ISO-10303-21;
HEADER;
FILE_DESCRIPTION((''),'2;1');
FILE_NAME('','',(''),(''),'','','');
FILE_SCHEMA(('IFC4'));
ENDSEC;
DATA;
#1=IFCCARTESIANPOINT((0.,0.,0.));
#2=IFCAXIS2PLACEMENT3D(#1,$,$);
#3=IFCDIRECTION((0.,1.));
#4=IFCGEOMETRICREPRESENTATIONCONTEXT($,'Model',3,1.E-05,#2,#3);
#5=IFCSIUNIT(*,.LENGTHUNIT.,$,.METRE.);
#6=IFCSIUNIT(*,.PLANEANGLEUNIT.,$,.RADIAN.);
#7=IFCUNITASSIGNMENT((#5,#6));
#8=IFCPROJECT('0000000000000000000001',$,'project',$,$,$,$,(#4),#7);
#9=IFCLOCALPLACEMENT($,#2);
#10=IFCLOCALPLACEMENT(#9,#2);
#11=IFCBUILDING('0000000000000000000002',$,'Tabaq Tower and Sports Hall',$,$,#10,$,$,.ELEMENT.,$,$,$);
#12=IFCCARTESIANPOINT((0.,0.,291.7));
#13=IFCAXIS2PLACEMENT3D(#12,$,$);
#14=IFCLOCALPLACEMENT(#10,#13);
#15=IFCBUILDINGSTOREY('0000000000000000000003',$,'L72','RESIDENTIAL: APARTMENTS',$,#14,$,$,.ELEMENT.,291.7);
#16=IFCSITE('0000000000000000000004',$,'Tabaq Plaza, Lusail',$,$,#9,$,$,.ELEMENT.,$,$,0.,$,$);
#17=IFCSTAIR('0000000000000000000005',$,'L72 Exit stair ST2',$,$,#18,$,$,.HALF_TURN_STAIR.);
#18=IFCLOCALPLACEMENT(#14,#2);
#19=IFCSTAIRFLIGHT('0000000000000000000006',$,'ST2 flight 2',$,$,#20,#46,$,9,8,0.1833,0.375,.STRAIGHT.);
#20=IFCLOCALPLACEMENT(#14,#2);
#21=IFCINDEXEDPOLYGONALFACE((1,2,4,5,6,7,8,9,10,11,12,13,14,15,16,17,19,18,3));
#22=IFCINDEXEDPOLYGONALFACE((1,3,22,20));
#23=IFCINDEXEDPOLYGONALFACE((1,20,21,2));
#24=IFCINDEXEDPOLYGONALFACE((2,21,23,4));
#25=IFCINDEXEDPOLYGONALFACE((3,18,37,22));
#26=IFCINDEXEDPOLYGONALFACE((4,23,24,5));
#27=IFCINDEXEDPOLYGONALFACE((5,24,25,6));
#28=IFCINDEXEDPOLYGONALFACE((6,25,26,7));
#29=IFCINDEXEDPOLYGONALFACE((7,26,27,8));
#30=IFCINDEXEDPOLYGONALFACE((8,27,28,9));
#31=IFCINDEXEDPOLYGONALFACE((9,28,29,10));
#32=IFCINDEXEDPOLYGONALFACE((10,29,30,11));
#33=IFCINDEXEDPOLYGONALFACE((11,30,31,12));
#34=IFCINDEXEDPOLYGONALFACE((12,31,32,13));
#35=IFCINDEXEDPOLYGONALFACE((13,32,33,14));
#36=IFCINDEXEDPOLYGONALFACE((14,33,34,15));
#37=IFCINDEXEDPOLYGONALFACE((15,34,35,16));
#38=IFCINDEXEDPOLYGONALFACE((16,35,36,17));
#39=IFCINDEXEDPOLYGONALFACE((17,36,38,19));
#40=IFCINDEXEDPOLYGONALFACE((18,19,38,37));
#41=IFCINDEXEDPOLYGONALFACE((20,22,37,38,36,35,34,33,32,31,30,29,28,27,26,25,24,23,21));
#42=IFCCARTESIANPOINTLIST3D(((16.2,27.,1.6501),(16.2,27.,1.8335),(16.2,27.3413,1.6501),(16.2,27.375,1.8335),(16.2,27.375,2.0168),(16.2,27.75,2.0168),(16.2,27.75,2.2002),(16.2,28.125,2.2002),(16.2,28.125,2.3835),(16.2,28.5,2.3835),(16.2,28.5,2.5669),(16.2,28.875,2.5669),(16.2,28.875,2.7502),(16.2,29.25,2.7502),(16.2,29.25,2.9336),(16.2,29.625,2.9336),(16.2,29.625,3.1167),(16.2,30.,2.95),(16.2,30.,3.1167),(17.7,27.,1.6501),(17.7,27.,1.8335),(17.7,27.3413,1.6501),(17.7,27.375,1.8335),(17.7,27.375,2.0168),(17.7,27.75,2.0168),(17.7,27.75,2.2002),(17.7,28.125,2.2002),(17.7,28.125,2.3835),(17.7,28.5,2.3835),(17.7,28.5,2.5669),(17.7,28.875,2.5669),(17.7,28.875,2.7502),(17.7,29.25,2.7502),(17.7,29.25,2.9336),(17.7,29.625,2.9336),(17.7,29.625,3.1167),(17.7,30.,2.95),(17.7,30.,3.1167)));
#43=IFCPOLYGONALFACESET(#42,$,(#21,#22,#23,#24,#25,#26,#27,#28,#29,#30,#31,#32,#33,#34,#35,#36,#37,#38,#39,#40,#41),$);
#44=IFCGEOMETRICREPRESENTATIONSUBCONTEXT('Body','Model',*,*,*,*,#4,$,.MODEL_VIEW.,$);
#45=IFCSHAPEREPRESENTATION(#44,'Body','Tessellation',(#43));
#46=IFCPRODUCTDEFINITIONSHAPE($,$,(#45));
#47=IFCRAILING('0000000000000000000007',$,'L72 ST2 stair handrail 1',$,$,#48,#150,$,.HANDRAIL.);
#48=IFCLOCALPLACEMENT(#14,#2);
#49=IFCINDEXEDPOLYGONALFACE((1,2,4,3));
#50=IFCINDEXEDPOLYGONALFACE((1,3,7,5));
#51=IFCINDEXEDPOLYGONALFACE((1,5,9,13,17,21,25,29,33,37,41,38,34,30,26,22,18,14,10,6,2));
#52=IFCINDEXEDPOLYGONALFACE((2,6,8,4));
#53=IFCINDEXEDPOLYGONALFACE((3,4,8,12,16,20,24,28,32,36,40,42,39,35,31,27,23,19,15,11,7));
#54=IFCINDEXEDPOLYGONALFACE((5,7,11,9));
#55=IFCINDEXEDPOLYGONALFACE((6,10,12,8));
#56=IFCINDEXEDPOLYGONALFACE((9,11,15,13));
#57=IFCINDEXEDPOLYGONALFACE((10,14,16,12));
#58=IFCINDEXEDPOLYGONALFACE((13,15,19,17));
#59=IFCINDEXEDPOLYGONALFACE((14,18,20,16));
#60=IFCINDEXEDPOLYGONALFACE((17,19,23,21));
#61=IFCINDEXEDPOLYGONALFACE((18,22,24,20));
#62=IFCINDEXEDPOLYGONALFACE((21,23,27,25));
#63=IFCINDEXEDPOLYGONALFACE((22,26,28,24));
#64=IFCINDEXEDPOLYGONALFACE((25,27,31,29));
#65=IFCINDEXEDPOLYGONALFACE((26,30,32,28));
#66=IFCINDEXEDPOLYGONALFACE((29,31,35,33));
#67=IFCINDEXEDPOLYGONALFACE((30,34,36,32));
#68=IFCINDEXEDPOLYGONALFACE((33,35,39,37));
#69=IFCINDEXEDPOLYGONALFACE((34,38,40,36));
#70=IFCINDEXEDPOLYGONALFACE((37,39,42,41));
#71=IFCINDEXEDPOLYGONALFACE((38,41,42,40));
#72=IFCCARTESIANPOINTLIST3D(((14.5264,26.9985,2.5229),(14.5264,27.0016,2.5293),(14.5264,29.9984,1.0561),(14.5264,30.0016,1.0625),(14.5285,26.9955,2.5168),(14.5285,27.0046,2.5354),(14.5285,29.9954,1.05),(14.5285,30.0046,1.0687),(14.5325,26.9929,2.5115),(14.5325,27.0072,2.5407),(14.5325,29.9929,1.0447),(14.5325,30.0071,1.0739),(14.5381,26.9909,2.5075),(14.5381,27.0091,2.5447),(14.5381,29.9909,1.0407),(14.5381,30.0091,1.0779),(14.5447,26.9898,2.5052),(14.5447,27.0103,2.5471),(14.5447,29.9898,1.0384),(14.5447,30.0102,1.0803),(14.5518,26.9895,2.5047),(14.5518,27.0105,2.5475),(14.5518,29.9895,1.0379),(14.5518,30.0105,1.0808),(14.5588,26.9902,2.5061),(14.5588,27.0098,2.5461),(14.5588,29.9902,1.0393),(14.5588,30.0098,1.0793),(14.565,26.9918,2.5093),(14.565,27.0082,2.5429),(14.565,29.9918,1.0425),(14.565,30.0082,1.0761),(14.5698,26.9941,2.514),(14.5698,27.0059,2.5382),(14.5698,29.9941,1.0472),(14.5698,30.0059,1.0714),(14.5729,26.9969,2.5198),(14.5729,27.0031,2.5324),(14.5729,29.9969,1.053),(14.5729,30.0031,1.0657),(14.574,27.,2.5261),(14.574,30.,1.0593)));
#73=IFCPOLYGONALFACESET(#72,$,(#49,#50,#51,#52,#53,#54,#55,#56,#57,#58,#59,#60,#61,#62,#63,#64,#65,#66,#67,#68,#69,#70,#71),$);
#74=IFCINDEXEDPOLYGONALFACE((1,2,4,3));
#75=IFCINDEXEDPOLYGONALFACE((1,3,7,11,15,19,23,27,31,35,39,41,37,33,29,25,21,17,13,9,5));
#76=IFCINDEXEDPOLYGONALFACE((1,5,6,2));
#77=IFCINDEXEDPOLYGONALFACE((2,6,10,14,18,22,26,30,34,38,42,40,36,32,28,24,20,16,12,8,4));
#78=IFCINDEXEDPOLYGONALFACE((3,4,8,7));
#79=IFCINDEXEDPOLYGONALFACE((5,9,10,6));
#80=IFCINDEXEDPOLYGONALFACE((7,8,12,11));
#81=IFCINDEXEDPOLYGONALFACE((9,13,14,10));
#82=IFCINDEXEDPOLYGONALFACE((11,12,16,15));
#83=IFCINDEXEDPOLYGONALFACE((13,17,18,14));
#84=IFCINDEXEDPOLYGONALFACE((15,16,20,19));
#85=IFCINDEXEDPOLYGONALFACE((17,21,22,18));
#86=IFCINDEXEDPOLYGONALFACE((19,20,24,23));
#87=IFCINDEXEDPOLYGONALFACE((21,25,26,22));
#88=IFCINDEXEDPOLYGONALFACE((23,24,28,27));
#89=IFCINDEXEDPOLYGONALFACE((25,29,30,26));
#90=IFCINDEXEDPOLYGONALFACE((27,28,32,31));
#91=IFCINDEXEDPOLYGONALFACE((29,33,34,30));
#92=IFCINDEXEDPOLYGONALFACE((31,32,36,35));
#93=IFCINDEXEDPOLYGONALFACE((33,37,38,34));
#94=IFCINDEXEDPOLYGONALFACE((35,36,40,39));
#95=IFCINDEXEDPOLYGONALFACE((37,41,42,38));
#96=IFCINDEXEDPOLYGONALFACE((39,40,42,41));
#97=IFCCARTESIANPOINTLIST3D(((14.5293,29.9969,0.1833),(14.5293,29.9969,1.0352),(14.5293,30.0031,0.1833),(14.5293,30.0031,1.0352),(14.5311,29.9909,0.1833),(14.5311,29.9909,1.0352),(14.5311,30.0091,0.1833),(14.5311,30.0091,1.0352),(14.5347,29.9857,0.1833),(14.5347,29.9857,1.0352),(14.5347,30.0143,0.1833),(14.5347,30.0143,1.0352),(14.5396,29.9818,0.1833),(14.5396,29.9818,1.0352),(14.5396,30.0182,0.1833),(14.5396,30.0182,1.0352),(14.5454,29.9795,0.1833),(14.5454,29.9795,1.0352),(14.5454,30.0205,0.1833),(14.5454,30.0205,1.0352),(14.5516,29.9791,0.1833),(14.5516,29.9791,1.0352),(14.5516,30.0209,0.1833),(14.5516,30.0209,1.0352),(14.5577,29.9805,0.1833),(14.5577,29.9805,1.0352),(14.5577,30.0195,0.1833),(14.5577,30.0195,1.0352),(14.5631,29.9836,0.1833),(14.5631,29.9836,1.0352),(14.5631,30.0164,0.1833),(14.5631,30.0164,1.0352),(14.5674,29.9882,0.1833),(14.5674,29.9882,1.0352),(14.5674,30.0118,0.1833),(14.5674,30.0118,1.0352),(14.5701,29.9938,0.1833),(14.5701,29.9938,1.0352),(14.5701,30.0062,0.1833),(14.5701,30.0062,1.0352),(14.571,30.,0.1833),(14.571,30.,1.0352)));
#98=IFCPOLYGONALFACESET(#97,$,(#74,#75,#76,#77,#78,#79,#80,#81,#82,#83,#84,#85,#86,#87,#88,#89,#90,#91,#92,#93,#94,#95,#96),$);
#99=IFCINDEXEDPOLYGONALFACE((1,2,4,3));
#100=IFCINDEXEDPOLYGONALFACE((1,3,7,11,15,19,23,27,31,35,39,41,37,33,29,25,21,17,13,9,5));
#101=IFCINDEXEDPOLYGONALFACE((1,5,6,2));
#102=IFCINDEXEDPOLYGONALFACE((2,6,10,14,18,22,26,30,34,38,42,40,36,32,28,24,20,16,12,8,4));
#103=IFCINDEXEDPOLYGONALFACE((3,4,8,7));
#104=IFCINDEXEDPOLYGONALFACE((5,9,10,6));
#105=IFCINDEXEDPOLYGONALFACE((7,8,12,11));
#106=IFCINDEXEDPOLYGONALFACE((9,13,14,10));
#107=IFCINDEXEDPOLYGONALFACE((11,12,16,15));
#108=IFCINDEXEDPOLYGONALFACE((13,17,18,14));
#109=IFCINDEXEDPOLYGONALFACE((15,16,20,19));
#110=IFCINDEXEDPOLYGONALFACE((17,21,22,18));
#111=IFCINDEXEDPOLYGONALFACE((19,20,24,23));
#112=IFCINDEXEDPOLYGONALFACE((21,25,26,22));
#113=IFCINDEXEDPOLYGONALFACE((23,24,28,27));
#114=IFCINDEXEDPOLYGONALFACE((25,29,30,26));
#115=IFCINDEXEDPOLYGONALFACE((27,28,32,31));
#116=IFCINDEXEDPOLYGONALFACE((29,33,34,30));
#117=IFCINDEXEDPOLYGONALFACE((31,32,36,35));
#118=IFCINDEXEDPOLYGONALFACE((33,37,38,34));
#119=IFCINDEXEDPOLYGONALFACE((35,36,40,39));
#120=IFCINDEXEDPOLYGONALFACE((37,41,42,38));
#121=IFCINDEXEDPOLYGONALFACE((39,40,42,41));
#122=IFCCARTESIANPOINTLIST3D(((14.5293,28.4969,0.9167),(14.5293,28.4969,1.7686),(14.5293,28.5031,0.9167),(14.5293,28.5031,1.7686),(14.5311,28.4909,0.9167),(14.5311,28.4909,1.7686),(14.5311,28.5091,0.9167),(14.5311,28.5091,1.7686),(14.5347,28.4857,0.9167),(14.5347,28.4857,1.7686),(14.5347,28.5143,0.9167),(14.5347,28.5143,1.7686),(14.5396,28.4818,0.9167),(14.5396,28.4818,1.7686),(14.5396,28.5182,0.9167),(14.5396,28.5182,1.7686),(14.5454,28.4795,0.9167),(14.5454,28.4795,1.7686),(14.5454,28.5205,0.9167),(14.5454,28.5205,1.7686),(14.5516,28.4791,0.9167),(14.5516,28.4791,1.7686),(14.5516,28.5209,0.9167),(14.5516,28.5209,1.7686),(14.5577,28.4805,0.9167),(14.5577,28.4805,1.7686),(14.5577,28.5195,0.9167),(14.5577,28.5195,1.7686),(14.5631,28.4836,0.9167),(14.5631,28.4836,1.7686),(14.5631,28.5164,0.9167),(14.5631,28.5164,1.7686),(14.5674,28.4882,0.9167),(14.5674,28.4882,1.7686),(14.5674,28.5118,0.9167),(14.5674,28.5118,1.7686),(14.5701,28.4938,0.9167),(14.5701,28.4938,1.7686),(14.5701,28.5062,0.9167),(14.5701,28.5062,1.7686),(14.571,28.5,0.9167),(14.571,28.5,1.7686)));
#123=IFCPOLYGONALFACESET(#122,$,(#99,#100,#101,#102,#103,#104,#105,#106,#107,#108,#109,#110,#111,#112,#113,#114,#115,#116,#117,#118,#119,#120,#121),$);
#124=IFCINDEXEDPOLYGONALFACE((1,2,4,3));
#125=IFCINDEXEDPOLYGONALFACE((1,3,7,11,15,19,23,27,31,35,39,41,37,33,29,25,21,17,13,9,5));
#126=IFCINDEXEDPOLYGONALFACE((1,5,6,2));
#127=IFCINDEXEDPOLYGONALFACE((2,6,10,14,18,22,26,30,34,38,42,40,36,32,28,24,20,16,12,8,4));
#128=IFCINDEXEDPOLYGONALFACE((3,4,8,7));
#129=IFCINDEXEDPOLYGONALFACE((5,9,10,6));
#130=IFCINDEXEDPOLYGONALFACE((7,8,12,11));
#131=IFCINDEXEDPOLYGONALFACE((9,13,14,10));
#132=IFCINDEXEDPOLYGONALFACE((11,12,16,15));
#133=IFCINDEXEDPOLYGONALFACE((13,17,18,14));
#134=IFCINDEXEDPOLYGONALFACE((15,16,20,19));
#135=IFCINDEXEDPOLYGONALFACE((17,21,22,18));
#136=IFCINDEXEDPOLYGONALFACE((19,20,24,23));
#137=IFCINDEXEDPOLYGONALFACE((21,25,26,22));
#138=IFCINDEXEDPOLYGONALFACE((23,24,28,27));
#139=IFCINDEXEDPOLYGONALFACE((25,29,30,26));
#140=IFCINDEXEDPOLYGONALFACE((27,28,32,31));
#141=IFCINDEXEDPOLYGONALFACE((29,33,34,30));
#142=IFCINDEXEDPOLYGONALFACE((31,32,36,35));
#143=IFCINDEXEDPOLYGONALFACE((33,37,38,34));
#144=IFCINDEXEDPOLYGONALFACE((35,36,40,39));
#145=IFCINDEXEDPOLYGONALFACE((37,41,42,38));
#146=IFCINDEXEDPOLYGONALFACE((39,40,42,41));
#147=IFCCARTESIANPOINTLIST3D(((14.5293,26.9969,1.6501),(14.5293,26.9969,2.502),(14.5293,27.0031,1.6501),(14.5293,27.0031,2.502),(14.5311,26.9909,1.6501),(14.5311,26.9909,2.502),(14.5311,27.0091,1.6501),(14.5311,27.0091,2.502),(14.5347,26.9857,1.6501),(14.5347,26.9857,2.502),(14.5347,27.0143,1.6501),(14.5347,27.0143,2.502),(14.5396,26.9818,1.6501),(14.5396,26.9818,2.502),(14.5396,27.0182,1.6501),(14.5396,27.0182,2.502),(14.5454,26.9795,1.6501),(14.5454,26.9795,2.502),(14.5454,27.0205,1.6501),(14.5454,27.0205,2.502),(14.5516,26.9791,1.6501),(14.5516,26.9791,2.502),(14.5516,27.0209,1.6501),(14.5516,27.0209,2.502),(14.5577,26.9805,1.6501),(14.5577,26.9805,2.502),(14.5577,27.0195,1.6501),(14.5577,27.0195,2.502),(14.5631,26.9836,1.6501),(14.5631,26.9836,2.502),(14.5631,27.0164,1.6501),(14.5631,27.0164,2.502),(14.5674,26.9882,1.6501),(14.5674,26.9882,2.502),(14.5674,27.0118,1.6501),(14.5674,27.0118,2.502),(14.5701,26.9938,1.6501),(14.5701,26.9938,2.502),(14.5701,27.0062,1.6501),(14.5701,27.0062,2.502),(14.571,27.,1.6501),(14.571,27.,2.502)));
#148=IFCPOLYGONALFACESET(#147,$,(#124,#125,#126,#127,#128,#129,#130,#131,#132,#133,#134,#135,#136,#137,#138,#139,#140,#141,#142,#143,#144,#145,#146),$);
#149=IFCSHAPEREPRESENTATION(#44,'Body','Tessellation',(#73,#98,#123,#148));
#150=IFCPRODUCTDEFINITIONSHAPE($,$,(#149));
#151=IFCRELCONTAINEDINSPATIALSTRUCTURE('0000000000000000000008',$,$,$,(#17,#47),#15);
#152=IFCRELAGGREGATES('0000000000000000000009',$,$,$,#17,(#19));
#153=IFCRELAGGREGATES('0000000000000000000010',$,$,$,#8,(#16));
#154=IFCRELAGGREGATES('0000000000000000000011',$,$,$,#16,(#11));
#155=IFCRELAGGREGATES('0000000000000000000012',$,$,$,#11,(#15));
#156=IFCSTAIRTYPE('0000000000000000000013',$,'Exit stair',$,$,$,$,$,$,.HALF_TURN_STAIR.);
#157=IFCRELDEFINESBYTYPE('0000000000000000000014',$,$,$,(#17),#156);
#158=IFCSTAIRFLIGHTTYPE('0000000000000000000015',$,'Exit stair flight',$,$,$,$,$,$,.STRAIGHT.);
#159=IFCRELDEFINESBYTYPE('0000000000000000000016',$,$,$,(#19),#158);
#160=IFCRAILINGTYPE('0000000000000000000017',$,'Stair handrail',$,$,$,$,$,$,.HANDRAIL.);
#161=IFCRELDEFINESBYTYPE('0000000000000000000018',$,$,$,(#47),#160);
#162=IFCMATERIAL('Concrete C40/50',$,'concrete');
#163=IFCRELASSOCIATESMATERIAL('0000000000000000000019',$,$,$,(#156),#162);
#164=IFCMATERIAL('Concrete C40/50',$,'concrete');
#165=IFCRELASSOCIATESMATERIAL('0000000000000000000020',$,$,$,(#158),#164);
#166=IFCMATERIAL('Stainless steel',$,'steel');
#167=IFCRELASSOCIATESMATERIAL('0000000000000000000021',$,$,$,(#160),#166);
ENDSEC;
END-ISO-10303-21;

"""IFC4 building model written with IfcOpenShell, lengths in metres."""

from ifc_helpers import new_model, si_unit, direction, frame, origin, origin_2d, place, context, subcontext, project, spatial, polyline, circle, outline, extrude, material, type_object, element, aggregate, save


model = new_model("IFC4")

# Units and contexts
model_context = context("Model", 3, precision=1e-05, world=origin(), true_north=direction((0.0, 1.0)))
body_context = subcontext(model_context, "Body", "Model", "MODEL_VIEW")
ifc_project = project(units=[si_unit("LENGTHUNIT", "METRE"), si_unit("PLANEANGLEUNIT", "RADIAN")], contexts=[model_context])

# Site, building, storey
site_placement = place(None, origin())
site = spatial("IfcSite", under=ifc_project, at=site_placement, Name="Tabaq Plaza, Lusail", CompositionType="ELEMENT", RefElevation=0.0)
building_placement = place(site_placement, origin())
building = spatial("IfcBuilding", under=site, at=building_placement, Name="Tabaq Tower and Sports Hall", CompositionType="ELEMENT")
storey_placement = place(building_placement, frame((0.0, 0.0, 291.7)))
storey = spatial("IfcBuildingStorey", under=building, at=storey_placement, Name="L72", Description="RESIDENTIAL: APARTMENTS", CompositionType="ELEMENT", Elevation=291.7)

# Stair, stair flight
ifc_material_1 = material(Name="Concrete C40/50", Category="concrete")
stair_type = type_object("IfcStairType", Name="Exit stair", PredefinedType="HALF_TURN_STAIR", material=ifc_material_1)
stair_placement = place(storey_placement, origin())
stair = element("IfcStair", 1, at=stair_placement, inside=storey, type_object=stair_type, Name="L72 Exit stair ST2", PredefinedType="HALF_TURN_STAIR")
ifc_material_2 = material(Name="Concrete C40/50", Category="concrete")
stair_flight_type = type_object("IfcStairFlightType", Name="Exit stair flight", PredefinedType="STRAIGHT", material=ifc_material_2)
stair_flight_1_placement = place(storey_placement, frame((16.95, 27.0, 1.6501), z_axis=(0.0, 0.0, 1.0), x_axis=(0.0, 1.0, 0.0)))
stair_flight_1 = element("IfcStairFlight", 2, at=stair_flight_1_placement, type_object=stair_flight_type, Name="ST2 flight 2", NumberOfRisers=9, NumberOfTreads=8, PredefinedType="STRAIGHT", RiserHeight=0.1833, TreadLength=0.375, context=body_context, shape_type="SweptSolid", body=[
    extrude(outline(polyline([(0.0, 0.0), (0.0, 0.1833), (0.375, 0.1833), (0.375, 0.3667), (0.75, 0.3667), (0.75, 0.55), (1.125, 0.55), (1.125, 0.7334), (1.5, 0.7334), (1.5, 0.9167), (1.875, 0.9167), (1.875, 1.1001), (2.25, 1.1001), (2.25, 1.2834), (2.625, 1.2834), (2.625, 1.4666), (3.0, 1.4666), (3.0, 1.6499), (3.0, 1.2998), (0.3413, 0.0), (0.0, 0.0)])), frame((0.0, 0.75, 0.0), z_axis=(0.0, -1.0, 0.0), x_axis=(1.0, 0.0, 0.0)), (0.0, 0.0, 1.0), 1.5),
])
aggregate(stair, [stair_flight_1])

# Railing
ifc_material_3 = material(Name="Stainless steel", Category="steel")
railing_type_1 = type_object("IfcRailingType", Name="Stair handrail", PredefinedType="HANDRAIL", material=ifc_material_3)
railing_1_placement = place(storey_placement, frame((14.55, 30.0, 0.1833)))
element("IfcRailing", 3, at=railing_1_placement, inside=storey, type_object=railing_type_1, Name="L72 ST2 stair handrail 1", PredefinedType="HANDRAIL", context=body_context, shape_type="SweptSolid", body=[
    extrude(circle(Radius=0.0239, at=origin_2d()), frame((0.0, 0.0, 0.876), z_axis=(0.0, -0.898369, 0.439242), x_axis=(1.0, 0.0, 0.0)), (0.0, 0.0, 1.0), 3.3394),
    extrude(circle(Radius=0.021, at=origin_2d()), origin(), (0.0, 0.0, 1.0), 0.8518),
    extrude(circle(Radius=0.021, at=origin_2d()), frame((0.0, -1.5, 0.7334)), (0.0, 0.0, 1.0), 0.8518),
    extrude(circle(Radius=0.021, at=origin_2d()), frame((0.0, -3.0, 1.4668)), (0.0, 0.0, 1.0), 0.8518),
])

save(model, "model.ifc")
